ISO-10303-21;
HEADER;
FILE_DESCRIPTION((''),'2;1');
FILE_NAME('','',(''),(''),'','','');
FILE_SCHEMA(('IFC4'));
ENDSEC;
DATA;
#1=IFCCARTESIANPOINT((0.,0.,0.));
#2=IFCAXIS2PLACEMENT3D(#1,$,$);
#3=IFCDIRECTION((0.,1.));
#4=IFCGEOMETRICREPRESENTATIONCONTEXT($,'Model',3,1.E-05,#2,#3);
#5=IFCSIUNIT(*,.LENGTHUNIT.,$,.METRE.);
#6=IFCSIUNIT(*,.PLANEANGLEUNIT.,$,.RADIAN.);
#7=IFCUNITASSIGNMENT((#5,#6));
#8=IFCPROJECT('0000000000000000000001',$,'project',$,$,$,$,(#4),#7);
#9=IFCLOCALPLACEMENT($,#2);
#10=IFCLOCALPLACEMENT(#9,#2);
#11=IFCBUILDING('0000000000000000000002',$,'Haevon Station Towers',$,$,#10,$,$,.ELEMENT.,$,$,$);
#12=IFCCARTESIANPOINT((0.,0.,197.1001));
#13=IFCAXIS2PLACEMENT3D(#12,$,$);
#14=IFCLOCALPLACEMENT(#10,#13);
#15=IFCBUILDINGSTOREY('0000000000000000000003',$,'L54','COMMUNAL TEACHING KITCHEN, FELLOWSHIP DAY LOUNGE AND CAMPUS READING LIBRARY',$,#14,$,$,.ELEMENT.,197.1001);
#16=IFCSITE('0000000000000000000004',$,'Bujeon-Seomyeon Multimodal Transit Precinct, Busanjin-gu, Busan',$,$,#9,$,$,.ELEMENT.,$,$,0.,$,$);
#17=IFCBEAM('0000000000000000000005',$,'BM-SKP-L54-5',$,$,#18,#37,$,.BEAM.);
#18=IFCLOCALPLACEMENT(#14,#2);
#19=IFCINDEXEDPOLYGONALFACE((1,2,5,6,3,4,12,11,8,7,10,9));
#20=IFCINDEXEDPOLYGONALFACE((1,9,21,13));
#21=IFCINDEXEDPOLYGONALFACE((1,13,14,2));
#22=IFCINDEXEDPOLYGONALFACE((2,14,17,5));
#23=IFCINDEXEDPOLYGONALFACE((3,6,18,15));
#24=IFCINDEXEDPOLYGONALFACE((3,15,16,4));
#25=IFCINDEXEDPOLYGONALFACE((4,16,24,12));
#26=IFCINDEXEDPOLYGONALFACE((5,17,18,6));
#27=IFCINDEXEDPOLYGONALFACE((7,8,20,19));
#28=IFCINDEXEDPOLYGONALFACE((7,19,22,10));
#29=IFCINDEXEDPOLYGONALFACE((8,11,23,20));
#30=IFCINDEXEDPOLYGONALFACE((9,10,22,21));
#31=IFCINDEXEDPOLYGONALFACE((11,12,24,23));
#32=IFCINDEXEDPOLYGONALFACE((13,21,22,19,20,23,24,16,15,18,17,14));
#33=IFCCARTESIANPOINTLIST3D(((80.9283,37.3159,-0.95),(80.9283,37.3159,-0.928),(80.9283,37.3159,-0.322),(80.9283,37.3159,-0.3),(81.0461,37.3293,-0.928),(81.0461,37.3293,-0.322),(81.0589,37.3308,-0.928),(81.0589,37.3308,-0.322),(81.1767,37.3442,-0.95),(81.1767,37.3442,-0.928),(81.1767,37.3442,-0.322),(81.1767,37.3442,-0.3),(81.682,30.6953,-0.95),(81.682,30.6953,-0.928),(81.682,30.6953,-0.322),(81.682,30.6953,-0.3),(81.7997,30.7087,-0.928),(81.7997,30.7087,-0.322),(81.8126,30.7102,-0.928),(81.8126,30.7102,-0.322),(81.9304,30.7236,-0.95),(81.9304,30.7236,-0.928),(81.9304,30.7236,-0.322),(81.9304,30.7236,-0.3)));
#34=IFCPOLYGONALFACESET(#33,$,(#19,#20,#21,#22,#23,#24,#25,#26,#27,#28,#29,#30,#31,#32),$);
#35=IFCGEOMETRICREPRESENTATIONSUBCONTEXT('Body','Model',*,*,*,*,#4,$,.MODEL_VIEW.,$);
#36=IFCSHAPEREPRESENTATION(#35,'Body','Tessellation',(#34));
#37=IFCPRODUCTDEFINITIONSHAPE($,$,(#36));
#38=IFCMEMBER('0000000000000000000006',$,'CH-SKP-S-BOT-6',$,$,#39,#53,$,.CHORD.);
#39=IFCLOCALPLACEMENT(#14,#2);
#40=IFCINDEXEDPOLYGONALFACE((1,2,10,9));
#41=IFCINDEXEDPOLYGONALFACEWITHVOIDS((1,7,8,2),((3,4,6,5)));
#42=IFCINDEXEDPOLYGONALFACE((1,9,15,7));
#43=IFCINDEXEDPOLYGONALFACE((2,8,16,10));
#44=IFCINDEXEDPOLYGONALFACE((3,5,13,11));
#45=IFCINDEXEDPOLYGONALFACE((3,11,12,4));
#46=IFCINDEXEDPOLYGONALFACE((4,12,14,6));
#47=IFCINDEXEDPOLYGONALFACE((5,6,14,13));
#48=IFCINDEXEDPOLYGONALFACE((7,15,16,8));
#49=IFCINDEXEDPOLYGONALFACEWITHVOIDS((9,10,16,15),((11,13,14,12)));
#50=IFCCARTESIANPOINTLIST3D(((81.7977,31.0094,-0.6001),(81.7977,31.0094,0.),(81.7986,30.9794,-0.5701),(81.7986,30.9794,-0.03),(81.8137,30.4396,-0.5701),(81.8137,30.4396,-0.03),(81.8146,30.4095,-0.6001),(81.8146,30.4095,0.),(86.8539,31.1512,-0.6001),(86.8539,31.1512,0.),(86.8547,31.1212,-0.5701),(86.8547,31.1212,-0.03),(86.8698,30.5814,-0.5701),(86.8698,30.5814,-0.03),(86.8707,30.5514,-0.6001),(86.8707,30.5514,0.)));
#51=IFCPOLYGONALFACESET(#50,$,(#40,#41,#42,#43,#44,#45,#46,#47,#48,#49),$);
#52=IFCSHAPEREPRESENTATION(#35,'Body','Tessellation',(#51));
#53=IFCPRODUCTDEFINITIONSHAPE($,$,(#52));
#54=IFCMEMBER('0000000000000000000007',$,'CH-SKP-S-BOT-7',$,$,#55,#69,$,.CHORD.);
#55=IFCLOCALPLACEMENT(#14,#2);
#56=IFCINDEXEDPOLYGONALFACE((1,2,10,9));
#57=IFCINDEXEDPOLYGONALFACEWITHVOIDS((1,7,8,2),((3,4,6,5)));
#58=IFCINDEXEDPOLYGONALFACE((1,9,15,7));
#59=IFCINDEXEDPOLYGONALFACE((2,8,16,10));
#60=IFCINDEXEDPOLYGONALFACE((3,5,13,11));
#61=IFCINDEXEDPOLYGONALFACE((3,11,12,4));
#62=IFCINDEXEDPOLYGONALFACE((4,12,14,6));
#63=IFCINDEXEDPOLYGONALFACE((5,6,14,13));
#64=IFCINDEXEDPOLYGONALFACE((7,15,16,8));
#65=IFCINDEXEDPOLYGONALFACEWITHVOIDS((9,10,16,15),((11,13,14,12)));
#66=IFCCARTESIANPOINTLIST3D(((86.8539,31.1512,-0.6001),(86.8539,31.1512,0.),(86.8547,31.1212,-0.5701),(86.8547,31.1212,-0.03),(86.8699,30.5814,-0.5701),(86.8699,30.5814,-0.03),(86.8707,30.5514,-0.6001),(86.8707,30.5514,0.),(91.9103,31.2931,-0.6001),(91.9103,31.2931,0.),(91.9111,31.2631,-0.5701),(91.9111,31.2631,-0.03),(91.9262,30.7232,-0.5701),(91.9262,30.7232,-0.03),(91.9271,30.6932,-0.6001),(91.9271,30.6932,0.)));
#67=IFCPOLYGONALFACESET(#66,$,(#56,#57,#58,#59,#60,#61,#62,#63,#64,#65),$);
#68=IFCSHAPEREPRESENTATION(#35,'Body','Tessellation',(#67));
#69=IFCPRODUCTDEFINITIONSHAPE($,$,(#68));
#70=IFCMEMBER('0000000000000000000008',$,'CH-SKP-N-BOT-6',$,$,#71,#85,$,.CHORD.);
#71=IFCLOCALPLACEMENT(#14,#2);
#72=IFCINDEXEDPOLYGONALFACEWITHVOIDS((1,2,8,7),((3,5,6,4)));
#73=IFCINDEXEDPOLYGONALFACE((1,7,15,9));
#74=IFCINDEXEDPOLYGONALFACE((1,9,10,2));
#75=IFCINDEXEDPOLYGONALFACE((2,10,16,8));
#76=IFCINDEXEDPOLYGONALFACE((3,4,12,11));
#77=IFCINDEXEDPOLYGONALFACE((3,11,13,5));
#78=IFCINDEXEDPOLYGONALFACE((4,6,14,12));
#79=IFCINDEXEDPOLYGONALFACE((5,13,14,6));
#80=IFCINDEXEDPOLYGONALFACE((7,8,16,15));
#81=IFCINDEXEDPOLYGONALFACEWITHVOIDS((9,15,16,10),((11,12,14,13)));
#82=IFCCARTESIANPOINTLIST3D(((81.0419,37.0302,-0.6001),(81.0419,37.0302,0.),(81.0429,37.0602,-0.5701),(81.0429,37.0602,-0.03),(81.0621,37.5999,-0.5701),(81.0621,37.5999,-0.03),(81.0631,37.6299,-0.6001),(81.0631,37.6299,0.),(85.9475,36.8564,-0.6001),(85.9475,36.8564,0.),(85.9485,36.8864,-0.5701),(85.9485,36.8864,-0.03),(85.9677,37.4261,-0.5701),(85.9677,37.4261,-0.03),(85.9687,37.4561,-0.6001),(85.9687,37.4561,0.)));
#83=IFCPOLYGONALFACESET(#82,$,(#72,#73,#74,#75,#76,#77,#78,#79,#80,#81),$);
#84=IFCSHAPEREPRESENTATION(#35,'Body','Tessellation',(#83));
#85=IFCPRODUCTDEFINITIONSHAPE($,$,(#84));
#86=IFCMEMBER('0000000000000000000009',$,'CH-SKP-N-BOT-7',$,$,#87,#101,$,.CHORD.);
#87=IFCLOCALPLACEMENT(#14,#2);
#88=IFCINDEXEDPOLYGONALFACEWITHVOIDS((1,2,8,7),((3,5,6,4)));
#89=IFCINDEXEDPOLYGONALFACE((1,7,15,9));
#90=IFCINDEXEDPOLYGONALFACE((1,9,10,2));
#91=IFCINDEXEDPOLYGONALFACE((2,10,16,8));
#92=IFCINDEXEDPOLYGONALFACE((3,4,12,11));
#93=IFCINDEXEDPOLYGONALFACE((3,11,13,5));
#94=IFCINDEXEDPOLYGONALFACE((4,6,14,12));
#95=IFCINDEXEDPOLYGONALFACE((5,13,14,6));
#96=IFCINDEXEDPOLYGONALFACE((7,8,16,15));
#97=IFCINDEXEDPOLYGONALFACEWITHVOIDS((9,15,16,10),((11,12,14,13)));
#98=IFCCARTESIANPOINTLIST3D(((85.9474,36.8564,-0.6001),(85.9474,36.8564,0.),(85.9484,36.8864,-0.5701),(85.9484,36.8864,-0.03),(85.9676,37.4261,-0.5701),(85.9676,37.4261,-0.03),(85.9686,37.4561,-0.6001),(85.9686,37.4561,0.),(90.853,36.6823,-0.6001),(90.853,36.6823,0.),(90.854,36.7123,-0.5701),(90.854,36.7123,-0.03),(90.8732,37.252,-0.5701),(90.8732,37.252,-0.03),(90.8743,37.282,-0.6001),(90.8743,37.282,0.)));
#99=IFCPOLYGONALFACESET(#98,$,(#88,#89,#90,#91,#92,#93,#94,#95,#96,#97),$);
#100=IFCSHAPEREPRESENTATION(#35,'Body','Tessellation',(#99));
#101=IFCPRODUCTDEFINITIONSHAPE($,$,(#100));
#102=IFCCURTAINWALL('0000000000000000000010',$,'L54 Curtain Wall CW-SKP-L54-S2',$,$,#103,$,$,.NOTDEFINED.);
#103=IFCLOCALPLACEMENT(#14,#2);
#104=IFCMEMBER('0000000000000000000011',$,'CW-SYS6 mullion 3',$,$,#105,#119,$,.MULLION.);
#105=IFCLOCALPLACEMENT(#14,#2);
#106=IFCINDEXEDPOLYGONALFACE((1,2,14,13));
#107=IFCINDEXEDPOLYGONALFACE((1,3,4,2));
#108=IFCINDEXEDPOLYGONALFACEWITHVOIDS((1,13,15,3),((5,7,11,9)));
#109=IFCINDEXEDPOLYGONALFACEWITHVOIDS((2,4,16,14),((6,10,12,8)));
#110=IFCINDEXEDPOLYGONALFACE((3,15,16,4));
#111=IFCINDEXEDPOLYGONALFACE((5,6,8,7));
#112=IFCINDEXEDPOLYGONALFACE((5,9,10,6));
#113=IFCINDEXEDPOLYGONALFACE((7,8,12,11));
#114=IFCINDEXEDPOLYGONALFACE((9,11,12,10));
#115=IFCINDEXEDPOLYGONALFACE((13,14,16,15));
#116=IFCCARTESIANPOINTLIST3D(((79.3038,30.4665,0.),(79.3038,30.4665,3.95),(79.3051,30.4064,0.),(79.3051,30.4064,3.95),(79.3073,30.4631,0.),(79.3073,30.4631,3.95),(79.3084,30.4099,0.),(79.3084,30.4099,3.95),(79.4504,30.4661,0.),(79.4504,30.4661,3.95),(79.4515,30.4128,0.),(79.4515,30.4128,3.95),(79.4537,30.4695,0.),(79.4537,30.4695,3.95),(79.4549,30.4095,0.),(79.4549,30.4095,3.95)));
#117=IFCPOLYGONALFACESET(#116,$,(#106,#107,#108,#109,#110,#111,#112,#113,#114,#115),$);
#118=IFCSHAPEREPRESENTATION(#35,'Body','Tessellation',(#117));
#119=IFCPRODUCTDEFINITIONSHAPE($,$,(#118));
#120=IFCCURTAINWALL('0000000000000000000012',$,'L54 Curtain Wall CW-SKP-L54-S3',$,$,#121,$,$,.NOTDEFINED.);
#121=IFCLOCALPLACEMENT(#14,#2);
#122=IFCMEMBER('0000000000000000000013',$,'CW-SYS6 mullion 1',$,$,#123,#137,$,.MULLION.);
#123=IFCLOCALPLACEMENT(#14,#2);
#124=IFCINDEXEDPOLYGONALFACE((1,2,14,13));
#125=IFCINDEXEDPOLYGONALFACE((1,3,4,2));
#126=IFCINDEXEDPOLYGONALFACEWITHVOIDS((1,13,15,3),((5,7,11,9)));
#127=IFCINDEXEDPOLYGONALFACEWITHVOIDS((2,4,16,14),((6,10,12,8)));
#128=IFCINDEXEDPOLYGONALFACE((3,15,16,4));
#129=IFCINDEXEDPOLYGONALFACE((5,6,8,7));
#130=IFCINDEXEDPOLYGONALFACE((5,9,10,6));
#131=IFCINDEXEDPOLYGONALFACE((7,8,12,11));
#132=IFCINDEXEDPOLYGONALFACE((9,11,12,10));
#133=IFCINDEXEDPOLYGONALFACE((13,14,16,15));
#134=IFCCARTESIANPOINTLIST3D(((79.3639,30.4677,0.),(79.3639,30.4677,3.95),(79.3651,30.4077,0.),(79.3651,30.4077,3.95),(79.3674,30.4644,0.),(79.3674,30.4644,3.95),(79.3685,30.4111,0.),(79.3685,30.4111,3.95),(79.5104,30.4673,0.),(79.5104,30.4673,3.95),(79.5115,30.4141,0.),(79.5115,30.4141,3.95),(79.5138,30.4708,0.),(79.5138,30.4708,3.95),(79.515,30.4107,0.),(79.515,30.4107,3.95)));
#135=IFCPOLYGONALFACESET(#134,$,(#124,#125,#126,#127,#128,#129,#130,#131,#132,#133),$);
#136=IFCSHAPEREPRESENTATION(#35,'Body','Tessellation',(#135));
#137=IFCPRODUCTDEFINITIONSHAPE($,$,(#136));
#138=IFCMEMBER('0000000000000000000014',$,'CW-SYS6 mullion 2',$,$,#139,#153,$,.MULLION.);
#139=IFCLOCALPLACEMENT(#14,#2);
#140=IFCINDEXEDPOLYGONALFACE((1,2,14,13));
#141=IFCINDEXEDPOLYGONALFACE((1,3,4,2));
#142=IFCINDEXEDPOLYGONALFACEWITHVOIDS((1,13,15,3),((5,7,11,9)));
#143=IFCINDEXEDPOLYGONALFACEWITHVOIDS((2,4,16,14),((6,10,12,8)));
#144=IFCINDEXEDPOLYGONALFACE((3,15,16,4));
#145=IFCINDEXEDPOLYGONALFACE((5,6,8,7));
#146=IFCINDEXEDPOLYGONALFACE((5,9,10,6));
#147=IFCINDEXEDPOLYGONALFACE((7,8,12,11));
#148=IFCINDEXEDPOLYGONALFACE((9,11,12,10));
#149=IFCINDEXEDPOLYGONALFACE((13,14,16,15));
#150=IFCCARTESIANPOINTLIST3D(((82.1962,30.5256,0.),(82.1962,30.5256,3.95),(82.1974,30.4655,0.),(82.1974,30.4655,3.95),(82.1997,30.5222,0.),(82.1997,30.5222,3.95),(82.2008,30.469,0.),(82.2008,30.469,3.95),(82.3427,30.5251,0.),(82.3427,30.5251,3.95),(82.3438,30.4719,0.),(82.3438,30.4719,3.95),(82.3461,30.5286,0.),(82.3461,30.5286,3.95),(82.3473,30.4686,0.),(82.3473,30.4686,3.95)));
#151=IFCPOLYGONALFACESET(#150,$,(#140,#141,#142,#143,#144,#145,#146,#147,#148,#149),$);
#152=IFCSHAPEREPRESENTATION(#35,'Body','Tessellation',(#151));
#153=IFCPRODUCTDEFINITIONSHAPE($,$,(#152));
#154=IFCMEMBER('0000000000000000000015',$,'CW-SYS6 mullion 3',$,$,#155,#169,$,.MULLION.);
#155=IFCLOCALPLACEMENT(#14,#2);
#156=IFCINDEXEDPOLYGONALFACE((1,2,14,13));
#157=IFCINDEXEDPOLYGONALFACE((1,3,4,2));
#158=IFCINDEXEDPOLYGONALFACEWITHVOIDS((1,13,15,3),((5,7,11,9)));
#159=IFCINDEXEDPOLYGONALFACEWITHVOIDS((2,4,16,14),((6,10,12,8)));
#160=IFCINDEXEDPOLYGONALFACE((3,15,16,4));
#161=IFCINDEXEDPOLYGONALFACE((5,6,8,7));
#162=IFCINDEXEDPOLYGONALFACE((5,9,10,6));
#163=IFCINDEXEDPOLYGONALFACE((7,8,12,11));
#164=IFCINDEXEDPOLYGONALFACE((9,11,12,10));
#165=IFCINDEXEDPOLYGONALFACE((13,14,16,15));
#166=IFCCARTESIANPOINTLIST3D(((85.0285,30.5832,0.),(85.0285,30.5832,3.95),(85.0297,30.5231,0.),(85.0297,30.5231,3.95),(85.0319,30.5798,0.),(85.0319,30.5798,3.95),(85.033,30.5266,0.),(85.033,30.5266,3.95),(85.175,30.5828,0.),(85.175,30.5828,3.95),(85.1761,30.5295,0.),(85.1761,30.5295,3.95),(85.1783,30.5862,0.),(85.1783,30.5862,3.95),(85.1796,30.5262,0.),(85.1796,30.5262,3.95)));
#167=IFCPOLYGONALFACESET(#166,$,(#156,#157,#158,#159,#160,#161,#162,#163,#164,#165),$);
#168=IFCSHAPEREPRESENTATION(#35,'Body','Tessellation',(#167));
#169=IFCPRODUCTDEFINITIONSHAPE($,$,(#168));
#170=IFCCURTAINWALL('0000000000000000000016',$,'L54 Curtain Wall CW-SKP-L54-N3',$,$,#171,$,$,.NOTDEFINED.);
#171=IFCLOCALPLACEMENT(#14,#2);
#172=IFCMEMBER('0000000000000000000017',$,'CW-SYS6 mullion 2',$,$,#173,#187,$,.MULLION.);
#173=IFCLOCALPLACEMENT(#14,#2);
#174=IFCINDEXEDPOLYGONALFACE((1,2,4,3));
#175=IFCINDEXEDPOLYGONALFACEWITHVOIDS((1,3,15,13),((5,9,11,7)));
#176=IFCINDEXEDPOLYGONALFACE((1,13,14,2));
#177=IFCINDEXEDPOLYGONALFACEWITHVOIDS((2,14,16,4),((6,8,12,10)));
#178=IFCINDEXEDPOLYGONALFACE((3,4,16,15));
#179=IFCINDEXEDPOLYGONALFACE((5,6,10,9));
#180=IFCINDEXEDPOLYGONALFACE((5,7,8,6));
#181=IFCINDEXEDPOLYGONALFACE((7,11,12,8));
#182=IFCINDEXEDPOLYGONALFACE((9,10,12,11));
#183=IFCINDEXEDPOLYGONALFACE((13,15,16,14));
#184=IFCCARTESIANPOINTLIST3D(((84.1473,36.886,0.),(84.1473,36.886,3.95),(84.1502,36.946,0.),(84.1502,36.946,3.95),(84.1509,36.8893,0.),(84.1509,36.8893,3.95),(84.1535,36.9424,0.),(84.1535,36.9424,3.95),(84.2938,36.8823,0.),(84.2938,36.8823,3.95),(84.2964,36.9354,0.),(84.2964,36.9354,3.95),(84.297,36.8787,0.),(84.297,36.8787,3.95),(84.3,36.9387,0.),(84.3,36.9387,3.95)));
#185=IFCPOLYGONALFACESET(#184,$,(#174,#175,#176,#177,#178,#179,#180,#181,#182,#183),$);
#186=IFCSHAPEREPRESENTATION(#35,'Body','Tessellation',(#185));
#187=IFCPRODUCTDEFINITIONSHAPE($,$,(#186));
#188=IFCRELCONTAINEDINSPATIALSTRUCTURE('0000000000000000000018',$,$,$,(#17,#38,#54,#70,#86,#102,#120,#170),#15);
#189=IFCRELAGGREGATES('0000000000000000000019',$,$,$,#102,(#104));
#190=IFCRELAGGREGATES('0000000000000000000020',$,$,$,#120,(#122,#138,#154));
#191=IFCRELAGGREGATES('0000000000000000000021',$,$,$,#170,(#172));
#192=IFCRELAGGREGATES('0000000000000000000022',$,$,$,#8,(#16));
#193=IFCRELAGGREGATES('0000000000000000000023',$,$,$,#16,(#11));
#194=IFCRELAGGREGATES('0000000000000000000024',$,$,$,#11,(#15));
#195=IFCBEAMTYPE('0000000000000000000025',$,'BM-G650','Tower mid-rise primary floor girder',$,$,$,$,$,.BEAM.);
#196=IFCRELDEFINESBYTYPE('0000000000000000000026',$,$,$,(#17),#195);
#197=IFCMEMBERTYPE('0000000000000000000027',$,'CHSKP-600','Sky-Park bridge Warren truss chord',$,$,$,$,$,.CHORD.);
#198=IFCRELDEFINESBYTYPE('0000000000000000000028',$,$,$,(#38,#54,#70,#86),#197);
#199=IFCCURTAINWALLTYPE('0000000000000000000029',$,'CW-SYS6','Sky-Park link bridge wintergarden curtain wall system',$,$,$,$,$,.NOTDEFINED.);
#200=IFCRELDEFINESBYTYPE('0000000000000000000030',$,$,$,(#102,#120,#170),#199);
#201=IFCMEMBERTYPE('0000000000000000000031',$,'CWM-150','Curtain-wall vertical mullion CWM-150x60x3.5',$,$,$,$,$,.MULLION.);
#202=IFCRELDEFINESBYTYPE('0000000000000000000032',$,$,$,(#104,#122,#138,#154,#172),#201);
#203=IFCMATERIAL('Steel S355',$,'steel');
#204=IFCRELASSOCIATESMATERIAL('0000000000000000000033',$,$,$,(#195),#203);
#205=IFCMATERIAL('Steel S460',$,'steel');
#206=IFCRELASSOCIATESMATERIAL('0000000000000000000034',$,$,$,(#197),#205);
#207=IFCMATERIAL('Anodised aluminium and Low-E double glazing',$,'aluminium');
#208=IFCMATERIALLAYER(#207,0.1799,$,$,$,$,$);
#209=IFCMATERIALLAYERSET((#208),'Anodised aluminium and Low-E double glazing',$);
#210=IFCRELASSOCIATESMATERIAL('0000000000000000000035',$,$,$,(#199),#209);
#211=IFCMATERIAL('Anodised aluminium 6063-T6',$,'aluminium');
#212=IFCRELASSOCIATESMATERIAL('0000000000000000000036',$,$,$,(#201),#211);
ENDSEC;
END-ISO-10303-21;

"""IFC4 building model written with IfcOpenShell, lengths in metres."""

from ifc_helpers import new_model, si_unit, direction, frame, origin, origin_2d, place, context, subcontext, project, spatial, hollow_rectangle, i_section, extrude, material, layer, layer_set, material_profile, profile_set, type_object, element, aggregate, save


model = new_model("IFC4")

# Units and contexts
model_context = context("Model", 3, precision=1e-05, world=origin(), true_north=direction((0.0, 1.0)))
body_context = subcontext(model_context, "Body", "Model", "MODEL_VIEW")
ifc_project = project(units=[si_unit("LENGTHUNIT", "METRE"), si_unit("PLANEANGLEUNIT", "RADIAN")], contexts=[model_context])

# Site, building, storey
site_placement = place(None, origin())
site = spatial("IfcSite", under=ifc_project, at=site_placement, Name="Bujeon-Seomyeon Multimodal Transit Precinct, Busanjin-gu, Busan", CompositionType="ELEMENT", RefElevation=0.0)
building_placement = place(site_placement, origin())
building = spatial("IfcBuilding", under=site, at=building_placement, Name="Haevon Station Towers", CompositionType="ELEMENT")
storey_placement = place(building_placement, frame((0.0, 0.0, 197.1001)))
storey = spatial("IfcBuildingStorey", under=building, at=storey_placement, Name="L54", Description="COMMUNAL TEACHING KITCHEN, FELLOWSHIP DAY LOUNGE AND CAMPUS READING LIBRARY", CompositionType="ELEMENT", Elevation=197.1001)

# Beam
ifc_material_1 = material(Name="Steel S355", Category="steel")
ifc_material_profile_1 = material_profile(ifc_material_1, i_section(OverallWidth=0.25, OverallDepth=0.6499, WebThickness=0.0129, FlangeThickness=0.022, at=origin_2d()), Name="H-650x250x13x22")
ifc_profile_set_1 = profile_set([ifc_material_profile_1], Name="Steel S355")
beam_type = type_object("IfcBeamType", Name="BM-G650", Description="Tower mid-rise primary floor girder", PredefinedType="BEAM", material=ifc_profile_set_1)
beam_placement = place(storey_placement, frame((81.8062, 30.7095, -0.625), z_axis=(-0.113105, 0.993583, 0.0), x_axis=(-0.993583, -0.113105, 0.0)))
element("IfcBeam", 1, at=beam_placement, inside=storey, type_object=beam_type, Name="BM-SKP-L54-5", PredefinedType="BEAM", context=body_context, shape_type="SweptSolid", body=[
    extrude(i_section(OverallWidth=0.25, OverallDepth=0.6499, WebThickness=0.0129, FlangeThickness=0.022, at=origin_2d()), origin(), (0.0, 0.0, 1.0), 6.6633),
])

# Members
ifc_material_2 = material(Name="Steel S460", Category="steel")
ifc_material_profile_2 = material_profile(ifc_material_2, hollow_rectangle(XDim=0.6001, YDim=0.6001, WallThickness=0.03, at=origin_2d()), Name="RHS-600x600x30")
ifc_profile_set_2 = profile_set([ifc_material_profile_2], Name="Steel S460")
member_type_1 = type_object("IfcMemberType", Name="CHSKP-600", Description="Sky-Park bridge Warren truss chord", PredefinedType="CHORD", material=ifc_profile_set_2)
member_1_placement = place(storey_placement, frame((81.8062, 30.7095, -0.3), z_axis=(0.999607, 0.028043, 0.0), x_axis=(-0.028043, 0.999607, 0.0)))
element("IfcMember", 2, at=member_1_placement, inside=storey, type_object=member_type_1, Name="CH-SKP-S-BOT-6", PredefinedType="CHORD", context=body_context, shape_type="SweptSolid", body=[
    extrude(hollow_rectangle(XDim=0.6001, YDim=0.6001, WallThickness=0.03, at=origin_2d()), origin(), (0.0, 0.0, 1.0), 5.0581),
])
member_2_placement = place(storey_placement, frame((86.8623, 30.8513, -0.3), z_axis=(0.999607, 0.028042, 0.0), x_axis=(-0.028042, 0.999607, 0.0)))
element("IfcMember", 3, at=member_2_placement, inside=storey, type_object=member_type_1, Name="CH-SKP-S-BOT-7", PredefinedType="CHORD", context=body_context, shape_type="SweptSolid", body=[
    extrude(hollow_rectangle(XDim=0.6001, YDim=0.6001, WallThickness=0.03, at=origin_2d()), origin(), (0.0, 0.0, 1.0), 5.0583),
])
for number, where, z_axis, x_axis, name in (
    (4, (81.0525, 37.3301, -0.3), (0.999373, -0.035413, 0.0), (0.035413, 0.999373, 0.0), "CH-SKP-N-BOT-6"),
    (5, (85.958, 37.1562, -0.3), (0.999371, -0.035463, 0.0), (0.035463, 0.999371, 0.0), "CH-SKP-N-BOT-7"),
):
    element("IfcMember", number, at=place(storey_placement, frame(where, z_axis=z_axis, x_axis=x_axis)), inside=storey, type_object=member_type_1, Name=name, PredefinedType="CHORD", context=body_context, shape_type="SweptSolid", body=[
        extrude(hollow_rectangle(XDim=0.6001, YDim=0.6001, WallThickness=0.03, at=origin_2d()), origin(), (0.0, 0.0, 1.0), 4.9087),
    ])

# Curtain wall, member
ifc_material_3 = material(Name="Anodised aluminium and Low-E double glazing", Category="aluminium")
ifc_layer_1 = layer(ifc_material_3, 0.1799)
ifc_layer_set_1 = layer_set([ifc_layer_1], Name="Anodised aluminium and Low-E double glazing")
curtain_wall_type = type_object("IfcCurtainWallType", Name="CW-SYS6", Description="Sky-Park link bridge wintergarden curtain wall system", PredefinedType="NOTDEFINED", material=ifc_layer_set_1)
curtain_wall_1_placement = place(storey_placement, origin())
curtain_wall_1 = element("IfcCurtainWall", 6, at=curtain_wall_1_placement, inside=storey, type_object=curtain_wall_type, Name="L54 Curtain Wall CW-SKP-L54-S2", PredefinedType="NOTDEFINED")
ifc_material_4 = material(Name="Anodised aluminium 6063-T6", Category="aluminium")
ifc_material_profile_3 = material_profile(ifc_material_4, hollow_rectangle(XDim=0.0601, YDim=0.1499, WallThickness=0.0034, at=origin_2d()), Name="CWM-150x60x3.5")
ifc_profile_set_3 = profile_set([ifc_material_profile_3], Name="Anodised aluminium 6063-T6")
member_type_2 = type_object("IfcMemberType", Name="CWM-150", Description="Curtain-wall vertical mullion CWM-150x60x3.5", PredefinedType="MULLION", material=ifc_profile_set_3)
member_3_placement = place(storey_placement, frame((79.3794, 30.438, 0.0), z_axis=(0.0, 0.0, 1.0), x_axis=(-0.020373, 0.999792, 0.0)))
member_3 = element("IfcMember", 7, at=member_3_placement, type_object=member_type_2, Name="CW-SYS6 mullion 3", PredefinedType="MULLION", context=body_context, shape_type="SweptSolid", body=[
    extrude(hollow_rectangle(XDim=0.0601, YDim=0.1499, WallThickness=0.0034, at=origin_2d()), origin(), (0.0, 0.0, 1.0), 3.95),
])
aggregate(curtain_wall_1, [member_3])

# Curtain wall, members
curtain_wall_2_placement = place(storey_placement, origin())
curtain_wall_2 = element("IfcCurtainWall", 8, at=curtain_wall_2_placement, inside=storey, type_object=curtain_wall_type, Name="L54 Curtain Wall CW-SKP-L54-S3", PredefinedType="NOTDEFINED")
member_4_placement = place(storey_placement, frame((79.4395, 30.4392, 0.0), z_axis=(0.0, 0.0, 1.0), x_axis=(-0.020374, 0.999792, 0.0)))
member_4 = element("IfcMember", 9, at=member_4_placement, type_object=member_type_2, Name="CW-SYS6 mullion 1", PredefinedType="MULLION", context=body_context, shape_type="SweptSolid", body=[
    extrude(hollow_rectangle(XDim=0.0601, YDim=0.1499, WallThickness=0.0034, at=origin_2d()), origin(), (0.0, 0.0, 1.0), 3.95),
])
member_5_placement = place(storey_placement, frame((82.2717, 30.4971, 0.0), z_axis=(0.0, 0.0, 1.0), x_axis=(-0.020374, 0.999792, 0.0)))
member_5 = element("IfcMember", 10, at=member_5_placement, type_object=member_type_2, Name="CW-SYS6 mullion 2", PredefinedType="MULLION", context=body_context, shape_type="SweptSolid", body=[
    extrude(hollow_rectangle(XDim=0.0601, YDim=0.1499, WallThickness=0.0034, at=origin_2d()), origin(), (0.0, 0.0, 1.0), 3.95),
])
member_6_placement = place(storey_placement, frame((85.104, 30.5547, 0.0), z_axis=(0.0, 0.0, 1.0), x_axis=(-0.020374, 0.999792, 0.0)))
member_6 = element("IfcMember", 11, at=member_6_placement, type_object=member_type_2, Name="CW-SYS6 mullion 3", PredefinedType="MULLION", context=body_context, shape_type="SweptSolid", body=[
    extrude(hollow_rectangle(XDim=0.0601, YDim=0.1499, WallThickness=0.0034, at=origin_2d()), origin(), (0.0, 0.0, 1.0), 3.95),
])

# Curtain wall, member
curtain_wall_3_placement = place(storey_placement, origin())
curtain_wall_3 = element("IfcCurtainWall", 12, at=curtain_wall_3_placement, inside=storey, type_object=curtain_wall_type, Name="L54 Curtain Wall CW-SKP-L54-N3", PredefinedType="NOTDEFINED")
member_7_placement = place(storey_placement, frame((84.2236, 36.9124, 0.0), z_axis=(0.0, 0.0, 1.0), x_axis=(0.048822, 0.998807, 0.0)))
member_7 = element("IfcMember", 13, at=member_7_placement, type_object=member_type_2, Name="CW-SYS6 mullion 2", PredefinedType="MULLION", context=body_context, shape_type="SweptSolid", body=[
    extrude(hollow_rectangle(XDim=0.0601, YDim=0.1499, WallThickness=0.0034, at=origin_2d()), origin(), (0.0, 0.0, 1.0), 3.95),
])

aggregate(curtain_wall_2, [member_4, member_5, member_6])
aggregate(curtain_wall_3, [member_7])

save(model, "model.ifc")
